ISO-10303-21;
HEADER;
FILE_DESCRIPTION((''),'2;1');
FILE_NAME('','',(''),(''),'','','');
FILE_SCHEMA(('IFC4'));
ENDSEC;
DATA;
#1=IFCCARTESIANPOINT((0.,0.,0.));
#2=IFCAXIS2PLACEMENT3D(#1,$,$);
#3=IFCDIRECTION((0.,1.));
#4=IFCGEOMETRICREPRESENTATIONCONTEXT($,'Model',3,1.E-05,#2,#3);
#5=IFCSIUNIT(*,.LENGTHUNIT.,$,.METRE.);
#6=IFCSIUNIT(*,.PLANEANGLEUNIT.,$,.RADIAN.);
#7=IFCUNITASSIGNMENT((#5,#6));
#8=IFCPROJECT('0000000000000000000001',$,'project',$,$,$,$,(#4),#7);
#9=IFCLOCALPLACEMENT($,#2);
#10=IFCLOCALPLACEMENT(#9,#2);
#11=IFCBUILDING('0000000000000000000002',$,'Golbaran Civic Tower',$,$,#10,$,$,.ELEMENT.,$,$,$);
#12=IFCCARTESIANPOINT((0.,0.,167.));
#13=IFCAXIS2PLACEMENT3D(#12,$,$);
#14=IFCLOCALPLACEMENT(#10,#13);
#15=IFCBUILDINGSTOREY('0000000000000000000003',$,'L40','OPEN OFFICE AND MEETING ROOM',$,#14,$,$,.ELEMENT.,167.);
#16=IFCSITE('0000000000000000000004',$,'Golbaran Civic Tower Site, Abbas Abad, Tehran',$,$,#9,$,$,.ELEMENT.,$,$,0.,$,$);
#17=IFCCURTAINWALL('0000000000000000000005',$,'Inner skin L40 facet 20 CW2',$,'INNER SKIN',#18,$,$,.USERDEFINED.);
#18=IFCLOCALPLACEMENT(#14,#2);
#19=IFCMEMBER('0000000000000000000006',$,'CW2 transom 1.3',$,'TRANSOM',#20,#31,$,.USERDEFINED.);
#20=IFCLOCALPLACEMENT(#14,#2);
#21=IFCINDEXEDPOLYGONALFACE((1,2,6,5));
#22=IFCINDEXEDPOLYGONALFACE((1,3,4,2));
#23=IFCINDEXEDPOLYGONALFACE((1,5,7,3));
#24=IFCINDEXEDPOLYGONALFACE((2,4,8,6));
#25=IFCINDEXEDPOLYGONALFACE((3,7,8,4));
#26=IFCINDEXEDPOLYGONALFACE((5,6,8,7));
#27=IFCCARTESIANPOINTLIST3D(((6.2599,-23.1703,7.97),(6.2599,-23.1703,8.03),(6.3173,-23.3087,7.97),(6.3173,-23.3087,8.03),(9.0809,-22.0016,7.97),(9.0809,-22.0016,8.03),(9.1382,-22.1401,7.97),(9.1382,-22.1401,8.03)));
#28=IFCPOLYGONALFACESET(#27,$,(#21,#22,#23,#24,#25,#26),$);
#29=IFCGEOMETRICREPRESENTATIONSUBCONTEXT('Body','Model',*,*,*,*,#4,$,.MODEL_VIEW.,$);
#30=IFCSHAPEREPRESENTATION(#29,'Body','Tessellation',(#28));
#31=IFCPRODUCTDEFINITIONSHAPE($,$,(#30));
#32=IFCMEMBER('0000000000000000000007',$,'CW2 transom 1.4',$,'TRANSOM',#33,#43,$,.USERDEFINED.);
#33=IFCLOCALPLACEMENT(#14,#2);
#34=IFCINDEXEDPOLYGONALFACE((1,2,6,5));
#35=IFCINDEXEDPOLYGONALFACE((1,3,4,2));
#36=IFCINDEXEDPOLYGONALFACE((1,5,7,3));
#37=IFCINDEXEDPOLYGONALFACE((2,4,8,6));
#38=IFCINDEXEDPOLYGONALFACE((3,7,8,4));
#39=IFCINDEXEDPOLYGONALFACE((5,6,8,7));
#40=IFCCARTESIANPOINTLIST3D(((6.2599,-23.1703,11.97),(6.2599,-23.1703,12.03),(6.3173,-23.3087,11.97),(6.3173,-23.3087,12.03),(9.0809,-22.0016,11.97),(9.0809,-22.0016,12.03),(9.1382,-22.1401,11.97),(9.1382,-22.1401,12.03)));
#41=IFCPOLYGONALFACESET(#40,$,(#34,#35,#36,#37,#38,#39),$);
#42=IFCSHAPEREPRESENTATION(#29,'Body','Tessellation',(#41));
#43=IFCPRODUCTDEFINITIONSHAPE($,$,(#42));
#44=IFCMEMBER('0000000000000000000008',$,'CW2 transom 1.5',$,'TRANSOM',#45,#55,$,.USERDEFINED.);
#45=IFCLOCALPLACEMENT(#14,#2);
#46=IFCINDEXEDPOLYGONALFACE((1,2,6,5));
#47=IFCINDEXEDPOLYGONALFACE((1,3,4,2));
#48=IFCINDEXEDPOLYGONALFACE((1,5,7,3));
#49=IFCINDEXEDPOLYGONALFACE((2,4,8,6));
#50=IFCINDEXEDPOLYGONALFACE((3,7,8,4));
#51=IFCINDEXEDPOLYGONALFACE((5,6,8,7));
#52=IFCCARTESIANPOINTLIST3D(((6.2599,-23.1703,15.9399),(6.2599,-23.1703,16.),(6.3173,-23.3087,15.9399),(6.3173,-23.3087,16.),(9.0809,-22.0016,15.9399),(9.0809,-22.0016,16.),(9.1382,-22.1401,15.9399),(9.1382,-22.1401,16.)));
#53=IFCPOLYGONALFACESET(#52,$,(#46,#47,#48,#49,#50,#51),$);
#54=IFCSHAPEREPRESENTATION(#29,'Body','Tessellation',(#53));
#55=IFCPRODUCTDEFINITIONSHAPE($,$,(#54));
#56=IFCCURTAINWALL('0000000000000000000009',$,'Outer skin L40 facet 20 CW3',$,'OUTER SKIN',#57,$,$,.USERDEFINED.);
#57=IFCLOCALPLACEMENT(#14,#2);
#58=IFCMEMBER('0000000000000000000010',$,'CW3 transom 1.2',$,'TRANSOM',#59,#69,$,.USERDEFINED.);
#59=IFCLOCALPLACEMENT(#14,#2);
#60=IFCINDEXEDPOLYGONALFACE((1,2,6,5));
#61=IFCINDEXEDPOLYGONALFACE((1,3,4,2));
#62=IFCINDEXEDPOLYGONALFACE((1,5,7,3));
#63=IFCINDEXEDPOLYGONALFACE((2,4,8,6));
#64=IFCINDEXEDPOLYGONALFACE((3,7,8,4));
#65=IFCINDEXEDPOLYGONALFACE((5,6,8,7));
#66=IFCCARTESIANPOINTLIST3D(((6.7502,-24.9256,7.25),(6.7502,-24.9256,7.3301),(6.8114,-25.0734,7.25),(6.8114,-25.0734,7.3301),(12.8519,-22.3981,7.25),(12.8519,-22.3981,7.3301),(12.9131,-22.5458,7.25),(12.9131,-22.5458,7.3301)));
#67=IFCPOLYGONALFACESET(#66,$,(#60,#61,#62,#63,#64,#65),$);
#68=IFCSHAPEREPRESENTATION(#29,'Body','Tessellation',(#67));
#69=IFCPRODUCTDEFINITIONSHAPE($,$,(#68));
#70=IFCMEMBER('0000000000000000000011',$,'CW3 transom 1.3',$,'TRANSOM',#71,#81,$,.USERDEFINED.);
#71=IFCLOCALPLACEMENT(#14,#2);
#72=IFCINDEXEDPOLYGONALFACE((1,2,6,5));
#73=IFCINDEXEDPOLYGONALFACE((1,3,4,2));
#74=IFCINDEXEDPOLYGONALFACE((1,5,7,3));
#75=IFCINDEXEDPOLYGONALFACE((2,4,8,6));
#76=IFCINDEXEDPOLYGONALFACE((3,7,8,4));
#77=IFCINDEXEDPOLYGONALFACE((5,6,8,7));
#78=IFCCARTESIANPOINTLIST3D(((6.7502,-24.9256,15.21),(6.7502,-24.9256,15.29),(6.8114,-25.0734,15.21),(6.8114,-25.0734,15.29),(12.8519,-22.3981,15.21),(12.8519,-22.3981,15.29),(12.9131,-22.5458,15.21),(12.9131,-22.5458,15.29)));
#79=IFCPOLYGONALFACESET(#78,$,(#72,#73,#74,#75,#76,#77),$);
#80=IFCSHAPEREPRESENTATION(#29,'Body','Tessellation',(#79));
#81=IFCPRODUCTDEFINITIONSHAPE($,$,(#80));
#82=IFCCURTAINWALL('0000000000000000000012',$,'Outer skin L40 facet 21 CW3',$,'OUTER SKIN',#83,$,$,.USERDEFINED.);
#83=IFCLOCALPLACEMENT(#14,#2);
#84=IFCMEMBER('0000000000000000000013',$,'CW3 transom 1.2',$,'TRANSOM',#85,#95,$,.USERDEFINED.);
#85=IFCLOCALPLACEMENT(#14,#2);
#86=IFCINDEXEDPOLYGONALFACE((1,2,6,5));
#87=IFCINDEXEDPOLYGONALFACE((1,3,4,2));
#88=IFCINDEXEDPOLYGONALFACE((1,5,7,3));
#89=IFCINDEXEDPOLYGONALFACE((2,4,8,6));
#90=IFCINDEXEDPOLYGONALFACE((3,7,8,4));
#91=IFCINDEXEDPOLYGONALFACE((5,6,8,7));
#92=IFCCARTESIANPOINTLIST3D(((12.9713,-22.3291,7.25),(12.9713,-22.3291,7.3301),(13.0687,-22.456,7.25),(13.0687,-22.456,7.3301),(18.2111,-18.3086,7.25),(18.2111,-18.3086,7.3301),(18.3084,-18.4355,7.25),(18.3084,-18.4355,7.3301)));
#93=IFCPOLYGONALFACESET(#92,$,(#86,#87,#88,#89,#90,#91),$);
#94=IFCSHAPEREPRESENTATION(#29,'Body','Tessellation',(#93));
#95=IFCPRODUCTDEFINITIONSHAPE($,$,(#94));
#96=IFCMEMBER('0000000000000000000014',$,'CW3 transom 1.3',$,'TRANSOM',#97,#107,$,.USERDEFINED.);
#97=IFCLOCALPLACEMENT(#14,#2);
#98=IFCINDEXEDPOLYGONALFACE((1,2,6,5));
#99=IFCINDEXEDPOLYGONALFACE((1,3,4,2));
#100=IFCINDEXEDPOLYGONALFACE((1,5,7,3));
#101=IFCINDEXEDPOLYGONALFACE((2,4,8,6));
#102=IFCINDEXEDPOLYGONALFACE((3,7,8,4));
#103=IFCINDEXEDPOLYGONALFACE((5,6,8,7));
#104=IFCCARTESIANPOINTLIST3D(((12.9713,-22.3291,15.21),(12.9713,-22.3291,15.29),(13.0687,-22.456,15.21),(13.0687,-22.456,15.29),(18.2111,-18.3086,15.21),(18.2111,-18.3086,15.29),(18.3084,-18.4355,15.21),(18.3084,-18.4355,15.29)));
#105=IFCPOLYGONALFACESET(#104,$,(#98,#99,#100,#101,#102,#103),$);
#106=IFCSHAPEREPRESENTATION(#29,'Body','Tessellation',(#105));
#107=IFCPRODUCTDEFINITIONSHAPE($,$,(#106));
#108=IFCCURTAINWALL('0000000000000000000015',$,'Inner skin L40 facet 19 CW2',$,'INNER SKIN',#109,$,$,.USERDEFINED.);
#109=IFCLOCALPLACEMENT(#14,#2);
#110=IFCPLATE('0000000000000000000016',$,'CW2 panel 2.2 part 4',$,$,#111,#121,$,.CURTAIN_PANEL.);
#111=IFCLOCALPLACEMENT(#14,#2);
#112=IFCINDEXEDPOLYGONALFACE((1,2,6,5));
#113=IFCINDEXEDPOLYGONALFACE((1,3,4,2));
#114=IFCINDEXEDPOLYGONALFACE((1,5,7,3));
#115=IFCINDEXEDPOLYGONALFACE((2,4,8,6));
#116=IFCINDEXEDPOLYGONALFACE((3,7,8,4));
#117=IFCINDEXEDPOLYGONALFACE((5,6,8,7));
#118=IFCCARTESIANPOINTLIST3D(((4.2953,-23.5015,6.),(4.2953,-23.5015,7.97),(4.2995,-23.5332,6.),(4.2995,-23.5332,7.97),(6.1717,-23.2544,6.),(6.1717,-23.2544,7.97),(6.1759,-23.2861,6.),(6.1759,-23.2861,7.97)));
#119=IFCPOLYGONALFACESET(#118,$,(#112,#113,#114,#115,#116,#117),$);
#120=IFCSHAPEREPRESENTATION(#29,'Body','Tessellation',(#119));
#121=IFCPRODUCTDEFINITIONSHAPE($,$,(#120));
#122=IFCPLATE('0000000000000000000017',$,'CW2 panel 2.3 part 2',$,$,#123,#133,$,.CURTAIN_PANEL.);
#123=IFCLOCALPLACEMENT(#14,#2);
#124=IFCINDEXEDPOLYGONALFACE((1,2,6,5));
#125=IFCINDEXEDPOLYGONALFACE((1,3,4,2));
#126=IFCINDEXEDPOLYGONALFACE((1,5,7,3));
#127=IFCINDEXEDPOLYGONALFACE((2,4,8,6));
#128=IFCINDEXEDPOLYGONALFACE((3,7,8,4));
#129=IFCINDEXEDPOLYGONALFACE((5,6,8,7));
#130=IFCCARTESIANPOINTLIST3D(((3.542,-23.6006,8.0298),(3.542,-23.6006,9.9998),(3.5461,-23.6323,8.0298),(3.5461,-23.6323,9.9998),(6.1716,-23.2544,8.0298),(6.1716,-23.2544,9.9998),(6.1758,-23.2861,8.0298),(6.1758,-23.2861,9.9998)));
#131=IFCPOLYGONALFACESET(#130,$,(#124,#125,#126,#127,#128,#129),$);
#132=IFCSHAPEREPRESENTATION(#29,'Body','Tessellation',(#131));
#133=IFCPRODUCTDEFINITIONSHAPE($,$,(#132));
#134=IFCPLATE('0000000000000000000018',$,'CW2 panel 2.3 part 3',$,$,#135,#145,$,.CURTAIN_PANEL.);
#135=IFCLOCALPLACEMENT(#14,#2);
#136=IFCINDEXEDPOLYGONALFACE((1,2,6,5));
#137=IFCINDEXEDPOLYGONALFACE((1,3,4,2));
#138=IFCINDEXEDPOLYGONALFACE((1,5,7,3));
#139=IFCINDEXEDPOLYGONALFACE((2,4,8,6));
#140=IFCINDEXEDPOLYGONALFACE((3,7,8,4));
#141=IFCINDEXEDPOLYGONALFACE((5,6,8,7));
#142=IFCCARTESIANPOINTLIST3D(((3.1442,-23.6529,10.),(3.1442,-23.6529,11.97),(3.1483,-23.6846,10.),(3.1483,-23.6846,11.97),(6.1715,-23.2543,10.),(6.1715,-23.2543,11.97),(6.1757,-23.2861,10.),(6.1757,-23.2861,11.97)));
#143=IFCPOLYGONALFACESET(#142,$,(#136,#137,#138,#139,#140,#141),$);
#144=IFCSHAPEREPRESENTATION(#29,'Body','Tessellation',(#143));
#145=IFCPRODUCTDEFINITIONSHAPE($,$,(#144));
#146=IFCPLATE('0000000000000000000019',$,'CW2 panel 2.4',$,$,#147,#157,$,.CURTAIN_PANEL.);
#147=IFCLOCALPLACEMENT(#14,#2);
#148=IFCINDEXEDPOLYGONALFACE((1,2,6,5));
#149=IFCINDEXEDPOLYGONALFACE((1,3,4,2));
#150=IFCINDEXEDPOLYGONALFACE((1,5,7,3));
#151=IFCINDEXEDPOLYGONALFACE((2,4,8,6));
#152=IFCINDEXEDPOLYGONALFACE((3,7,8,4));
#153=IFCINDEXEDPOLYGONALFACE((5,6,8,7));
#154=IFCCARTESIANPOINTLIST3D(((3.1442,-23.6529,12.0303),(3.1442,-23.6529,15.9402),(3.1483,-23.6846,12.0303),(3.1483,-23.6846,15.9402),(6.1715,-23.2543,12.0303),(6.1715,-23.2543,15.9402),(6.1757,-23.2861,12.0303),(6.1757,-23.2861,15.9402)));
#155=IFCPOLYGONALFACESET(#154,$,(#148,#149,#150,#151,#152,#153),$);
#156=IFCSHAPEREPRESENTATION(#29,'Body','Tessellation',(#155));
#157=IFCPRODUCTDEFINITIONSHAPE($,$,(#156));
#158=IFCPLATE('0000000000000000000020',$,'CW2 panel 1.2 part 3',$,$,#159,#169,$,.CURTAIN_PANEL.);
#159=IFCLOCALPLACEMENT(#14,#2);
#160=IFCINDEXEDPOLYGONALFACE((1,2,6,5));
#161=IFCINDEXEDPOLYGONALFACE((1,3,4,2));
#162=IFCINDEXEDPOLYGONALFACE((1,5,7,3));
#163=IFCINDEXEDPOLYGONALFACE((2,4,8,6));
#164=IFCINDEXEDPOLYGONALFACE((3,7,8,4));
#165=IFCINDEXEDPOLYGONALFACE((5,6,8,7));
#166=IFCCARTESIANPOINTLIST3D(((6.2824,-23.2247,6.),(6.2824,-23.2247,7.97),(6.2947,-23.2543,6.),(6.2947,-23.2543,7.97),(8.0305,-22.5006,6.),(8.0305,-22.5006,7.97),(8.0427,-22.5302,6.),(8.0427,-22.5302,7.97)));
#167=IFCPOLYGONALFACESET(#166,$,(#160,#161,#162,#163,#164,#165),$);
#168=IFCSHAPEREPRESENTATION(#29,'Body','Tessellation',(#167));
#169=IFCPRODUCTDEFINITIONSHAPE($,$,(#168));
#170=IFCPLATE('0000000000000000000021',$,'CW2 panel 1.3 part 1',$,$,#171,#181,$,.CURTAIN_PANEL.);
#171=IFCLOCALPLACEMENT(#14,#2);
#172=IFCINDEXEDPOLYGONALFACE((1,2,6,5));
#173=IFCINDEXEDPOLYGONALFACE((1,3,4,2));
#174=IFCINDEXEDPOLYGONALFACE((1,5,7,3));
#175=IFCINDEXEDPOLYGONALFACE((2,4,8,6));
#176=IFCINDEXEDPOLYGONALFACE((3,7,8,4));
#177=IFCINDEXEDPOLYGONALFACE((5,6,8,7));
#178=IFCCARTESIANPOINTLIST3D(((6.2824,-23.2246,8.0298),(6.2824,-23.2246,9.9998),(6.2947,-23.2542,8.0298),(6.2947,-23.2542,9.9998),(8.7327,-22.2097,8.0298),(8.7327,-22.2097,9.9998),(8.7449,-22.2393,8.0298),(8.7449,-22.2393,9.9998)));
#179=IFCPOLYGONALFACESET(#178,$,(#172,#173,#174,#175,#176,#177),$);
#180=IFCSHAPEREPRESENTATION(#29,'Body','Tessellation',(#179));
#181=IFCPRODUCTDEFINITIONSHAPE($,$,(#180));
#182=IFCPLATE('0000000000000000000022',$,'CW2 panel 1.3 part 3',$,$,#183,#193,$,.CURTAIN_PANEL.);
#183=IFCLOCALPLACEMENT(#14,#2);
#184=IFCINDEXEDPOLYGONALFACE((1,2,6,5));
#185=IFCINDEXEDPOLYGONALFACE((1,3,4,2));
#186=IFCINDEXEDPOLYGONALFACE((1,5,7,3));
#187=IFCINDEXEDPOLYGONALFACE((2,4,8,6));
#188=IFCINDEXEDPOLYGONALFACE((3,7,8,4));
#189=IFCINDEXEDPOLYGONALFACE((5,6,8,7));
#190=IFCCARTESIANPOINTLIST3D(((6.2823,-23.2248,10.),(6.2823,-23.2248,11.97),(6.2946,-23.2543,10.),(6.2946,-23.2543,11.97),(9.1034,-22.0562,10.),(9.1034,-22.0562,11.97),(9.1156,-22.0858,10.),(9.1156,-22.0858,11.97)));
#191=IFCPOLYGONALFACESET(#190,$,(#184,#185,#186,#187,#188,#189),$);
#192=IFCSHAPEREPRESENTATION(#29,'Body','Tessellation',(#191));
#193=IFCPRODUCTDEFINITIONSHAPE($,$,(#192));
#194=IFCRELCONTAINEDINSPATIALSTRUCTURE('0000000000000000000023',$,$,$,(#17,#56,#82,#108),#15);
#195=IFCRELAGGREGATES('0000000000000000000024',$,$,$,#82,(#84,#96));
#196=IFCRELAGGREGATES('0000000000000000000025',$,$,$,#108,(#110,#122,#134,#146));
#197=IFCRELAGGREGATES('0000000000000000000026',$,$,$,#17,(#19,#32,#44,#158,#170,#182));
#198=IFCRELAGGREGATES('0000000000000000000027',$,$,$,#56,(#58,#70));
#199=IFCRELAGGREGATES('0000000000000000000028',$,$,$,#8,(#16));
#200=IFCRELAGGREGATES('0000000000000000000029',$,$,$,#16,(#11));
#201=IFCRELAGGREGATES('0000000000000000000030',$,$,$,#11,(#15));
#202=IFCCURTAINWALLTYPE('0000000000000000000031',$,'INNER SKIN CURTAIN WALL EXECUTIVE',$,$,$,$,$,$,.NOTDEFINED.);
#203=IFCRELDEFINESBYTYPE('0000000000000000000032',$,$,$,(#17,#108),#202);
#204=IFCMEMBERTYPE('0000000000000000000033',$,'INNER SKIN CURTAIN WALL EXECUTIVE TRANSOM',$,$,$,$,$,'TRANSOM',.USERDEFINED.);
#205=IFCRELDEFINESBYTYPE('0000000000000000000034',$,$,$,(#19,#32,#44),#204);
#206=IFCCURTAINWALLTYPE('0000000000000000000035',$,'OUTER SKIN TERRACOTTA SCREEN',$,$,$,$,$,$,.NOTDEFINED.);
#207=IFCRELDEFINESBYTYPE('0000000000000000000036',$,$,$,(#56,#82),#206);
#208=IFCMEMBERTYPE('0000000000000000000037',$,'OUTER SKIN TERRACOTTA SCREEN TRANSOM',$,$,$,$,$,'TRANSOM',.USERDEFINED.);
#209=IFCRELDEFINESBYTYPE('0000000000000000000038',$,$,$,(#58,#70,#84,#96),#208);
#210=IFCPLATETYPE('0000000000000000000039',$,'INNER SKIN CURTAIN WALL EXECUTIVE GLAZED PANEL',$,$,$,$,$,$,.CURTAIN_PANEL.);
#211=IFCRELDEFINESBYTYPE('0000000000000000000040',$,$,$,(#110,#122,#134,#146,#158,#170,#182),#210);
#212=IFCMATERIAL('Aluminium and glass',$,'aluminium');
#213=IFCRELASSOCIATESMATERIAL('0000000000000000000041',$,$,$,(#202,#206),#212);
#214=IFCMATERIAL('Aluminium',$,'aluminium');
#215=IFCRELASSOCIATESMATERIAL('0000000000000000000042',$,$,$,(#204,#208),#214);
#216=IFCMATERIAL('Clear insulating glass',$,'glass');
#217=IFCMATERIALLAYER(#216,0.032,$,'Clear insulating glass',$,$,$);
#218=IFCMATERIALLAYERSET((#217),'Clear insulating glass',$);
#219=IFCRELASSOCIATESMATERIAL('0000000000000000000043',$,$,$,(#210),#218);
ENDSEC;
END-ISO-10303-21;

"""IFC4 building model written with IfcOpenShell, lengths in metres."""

from ifc_helpers import new_model, si_unit, direction, frame, origin, origin_2d, place, context, subcontext, project, spatial, rectangle, extrude, material, layer, layer_set, material_profile, profile_set, type_object, element, aggregate, save


model = new_model("IFC4")

# Units and contexts
model_context = context("Model", 3, precision=1e-05, world=origin(), true_north=direction((0.0, 1.0)))
body_context = subcontext(model_context, "Body", "Model", "MODEL_VIEW")
ifc_project = project(units=[si_unit("LENGTHUNIT", "METRE"), si_unit("PLANEANGLEUNIT", "RADIAN")], contexts=[model_context])

# Site, building, storey
site_placement = place(None, origin())
site = spatial("IfcSite", under=ifc_project, at=site_placement, Name="Golbaran Civic Tower Site, Abbas Abad, Tehran", CompositionType="ELEMENT", RefElevation=0.0)
building_placement = place(site_placement, origin())
building = spatial("IfcBuilding", under=site, at=building_placement, Name="Golbaran Civic Tower", CompositionType="ELEMENT")
storey_placement = place(building_placement, frame((0.0, 0.0, 167.0)))
storey = spatial("IfcBuildingStorey", under=building, at=storey_placement, Name="L40", Description="OPEN OFFICE AND MEETING ROOM", CompositionType="ELEMENT", Elevation=167.0)

# Curtain walls, members
ifc_material_1 = material(Name="Aluminium and glass", Category="aluminium")
curtain_wall_type_1 = type_object("IfcCurtainWallType", Name="INNER SKIN CURTAIN WALL EXECUTIVE", PredefinedType="NOTDEFINED", material=ifc_material_1)
curtain_wall_1_placement = place(storey_placement, origin())
curtain_wall_1 = element("IfcCurtainWall", 1, at=curtain_wall_1_placement, inside=storey, type_object=curtain_wall_type_1, Name="Inner skin L40 facet 20 CW2", ObjectType="INNER SKIN", PredefinedType="USERDEFINED")
ifc_material_2 = material(Name="Aluminium", Category="aluminium")
ifc_material_profile_1 = material_profile(ifc_material_2, rectangle(XDim=0.1499, YDim=0.0601, at=origin_2d()), Name="INNER SKIN CURTAIN WALL EXECUTIVE TRANSOM")
ifc_profile_set_1 = profile_set([ifc_material_profile_1], Name="Aluminium")
member_type_1 = type_object("IfcMemberType", Name="INNER SKIN CURTAIN WALL EXECUTIVE TRANSOM", ElementType="TRANSOM", PredefinedType="USERDEFINED", material=ifc_profile_set_1)
member_1_placement = place(storey_placement, frame((6.2886, -23.2395, 8.0), z_axis=(0.923858, 0.382735, 0.0), x_axis=(-0.382735, 0.923858, 0.0)))
member_1 = element("IfcMember", 2, at=member_1_placement, type_object=member_type_1, Name="CW2 transom 1.3", ObjectType="TRANSOM", PredefinedType="USERDEFINED", context=body_context, shape_type="SweptSolid", body=[
    extrude(rectangle(XDim=0.1499, YDim=0.0601, at=origin_2d()), origin(), (0.0, 0.0, 1.0), 3.0535),
])
member_2_placement = place(storey_placement, frame((6.2886, -23.2395, 12.0), z_axis=(0.923858, 0.382735, 0.0), x_axis=(-0.382735, 0.923858, 0.0)))
member_2 = element("IfcMember", 3, at=member_2_placement, type_object=member_type_1, Name="CW2 transom 1.4", ObjectType="TRANSOM", PredefinedType="USERDEFINED", context=body_context, shape_type="SweptSolid", body=[
    extrude(rectangle(XDim=0.1499, YDim=0.0601, at=origin_2d()), origin(), (0.0, 0.0, 1.0), 3.0535),
])
member_3_placement = place(storey_placement, frame((6.2886, -23.2395, 15.97), z_axis=(0.923858, 0.382735, 0.0), x_axis=(-0.382735, 0.923858, 0.0)))
member_3 = element("IfcMember", 4, at=member_3_placement, type_object=member_type_1, Name="CW2 transom 1.5", ObjectType="TRANSOM", PredefinedType="USERDEFINED", context=body_context, shape_type="SweptSolid", body=[
    extrude(rectangle(XDim=0.1499, YDim=0.0601, at=origin_2d()), origin(), (0.0, 0.0, 1.0), 3.0535),
])
curtain_wall_type_2 = type_object("IfcCurtainWallType", Name="OUTER SKIN TERRACOTTA SCREEN", PredefinedType="NOTDEFINED", material=ifc_material_1)
curtain_wall_2_placement = place(storey_placement, origin())
curtain_wall_2 = element("IfcCurtainWall", 5, at=curtain_wall_2_placement, inside=storey, type_object=curtain_wall_type_2, Name="Outer skin L40 facet 20 CW3", ObjectType="OUTER SKIN", PredefinedType="USERDEFINED")
ifc_material_profile_2 = material_profile(ifc_material_2, rectangle(XDim=0.1599, YDim=0.0801, at=origin_2d()), Name="OUTER SKIN TERRACOTTA SCREEN TRANSOM")
ifc_profile_set_2 = profile_set([ifc_material_profile_2], Name="Aluminium")
member_type_2 = type_object("IfcMemberType", Name="OUTER SKIN TERRACOTTA SCREEN TRANSOM", ElementType="TRANSOM", PredefinedType="USERDEFINED", material=ifc_profile_set_2)
member_4_placement = place(storey_placement, frame((6.7808, -24.9995, 7.29), z_axis=(0.923872, 0.382701, 0.0), x_axis=(-0.382701, 0.923872, 0.0)))
member_4 = element("IfcMember", 6, at=member_4_placement, type_object=member_type_2, Name="CW3 transom 1.2", ObjectType="TRANSOM", PredefinedType="USERDEFINED", context=body_context, shape_type="SweptSolid", body=[
    extrude(rectangle(XDim=0.1599, YDim=0.0801, at=origin_2d()), origin(), (0.0, 0.0, 1.0), 6.6045),
])
member_5_placement = place(storey_placement, frame((6.7808, -24.9995, 15.25), z_axis=(0.923872, 0.382701, 0.0), x_axis=(-0.382701, 0.923872, 0.0)))
member_5 = element("IfcMember", 7, at=member_5_placement, type_object=member_type_2, Name="CW3 transom 1.3", ObjectType="TRANSOM", PredefinedType="USERDEFINED", context=body_context, shape_type="SweptSolid", body=[
    extrude(rectangle(XDim=0.1599, YDim=0.0801, at=origin_2d()), origin(), (0.0, 0.0, 1.0), 6.6045),
])
curtain_wall_3_placement = place(storey_placement, origin())
curtain_wall_3 = element("IfcCurtainWall", 8, at=curtain_wall_3_placement, inside=storey, type_object=curtain_wall_type_2, Name="Outer skin L40 facet 21 CW3", ObjectType="OUTER SKIN", PredefinedType="USERDEFINED")
member_6_placement = place(storey_placement, frame((13.02, -22.3926, 7.29), z_axis=(0.79336, 0.608753, 0.0), x_axis=(-0.608753, 0.79336, 0.0)))
member_6 = element("IfcMember", 9, at=member_6_placement, type_object=member_type_2, Name="CW3 transom 1.2", ObjectType="TRANSOM", PredefinedType="USERDEFINED", context=body_context, shape_type="SweptSolid", body=[
    extrude(rectangle(XDim=0.1599, YDim=0.0801, at=origin_2d()), origin(), (0.0, 0.0, 1.0), 6.6045),
])
member_7_placement = place(storey_placement, frame((13.02, -22.3926, 15.25), z_axis=(0.79336, 0.608753, 0.0), x_axis=(-0.608753, 0.79336, 0.0)))
member_7 = element("IfcMember", 10, at=member_7_placement, type_object=member_type_2, Name="CW3 transom 1.3", ObjectType="TRANSOM", PredefinedType="USERDEFINED", context=body_context, shape_type="SweptSolid", body=[
    extrude(rectangle(XDim=0.1599, YDim=0.0801, at=origin_2d()), origin(), (0.0, 0.0, 1.0), 6.6045),
])
aggregate(curtain_wall_3, [member_6, member_7])

# Curtain wall, plates
curtain_wall_4_placement = place(storey_placement, origin())
curtain_wall_4 = element("IfcCurtainWall", 11, at=curtain_wall_4_placement, inside=storey, type_object=curtain_wall_type_1, Name="Inner skin L40 facet 19 CW2", ObjectType="INNER SKIN", PredefinedType="USERDEFINED")
ifc_material_3 = material(Name="Clear insulating glass", Category="glass")
ifc_layer_1 = layer(ifc_material_3, 0.032, Name="Clear insulating glass")
ifc_layer_set_1 = layer_set([ifc_layer_1], Name="Clear insulating glass")
plate_type_1 = type_object("IfcPlateType", Name="INNER SKIN CURTAIN WALL EXECUTIVE GLAZED PANEL", PredefinedType="CURTAIN_PANEL", material=ifc_layer_set_1)
plate_1_placement = place(storey_placement, frame((5.2356, -23.3938, 6.0), z_axis=(0.0, 0.0, 1.0), x_axis=(0.991445, 0.130526, 0.0)))
plate_1 = element("IfcPlate", 12, at=plate_1_placement, type_object=plate_type_1, Name="CW2 panel 2.2 part 4", PredefinedType="CURTAIN_PANEL", context=body_context, shape_type="SweptSolid", body=[
    extrude(rectangle(XDim=1.8926, YDim=0.032, at=origin_2d()), origin(), (0.0, 0.0, 1.0), 1.97),
])
plate_2_placement = place(storey_placement, frame((4.8589, -23.4434, 8.0298), z_axis=(0.0, 0.0, 1.0), x_axis=(0.991445, 0.130526, 0.0)))
plate_2 = element("IfcPlate", 13, at=plate_2_placement, type_object=plate_type_1, Name="CW2 panel 2.3 part 2", PredefinedType="CURTAIN_PANEL", context=body_context, shape_type="SweptSolid", body=[
    extrude(rectangle(XDim=2.6523, YDim=0.032, at=origin_2d()), origin(), (0.0, 0.0, 1.0), 1.97),
])
plate_3_placement = place(storey_placement, frame((4.6599, -23.4695, 10.0), z_axis=(0.0, 0.0, 1.0), x_axis=(0.991445, 0.130526, 0.0)))
plate_3 = element("IfcPlate", 14, at=plate_3_placement, type_object=plate_type_1, Name="CW2 panel 2.3 part 3", PredefinedType="CURTAIN_PANEL", context=body_context, shape_type="SweptSolid", body=[
    extrude(rectangle(XDim=3.0535, YDim=0.032, at=origin_2d()), origin(), (0.0, 0.0, 1.0), 1.97),
])
plate_4_placement = place(storey_placement, frame((4.6599, -23.4695, 12.0303), z_axis=(0.0, 0.0, 1.0), x_axis=(0.991445, 0.130526, 0.0)))
plate_4 = element("IfcPlate", 15, at=plate_4_placement, type_object=plate_type_1, Name="CW2 panel 2.4", PredefinedType="CURTAIN_PANEL", context=body_context, shape_type="SweptSolid", body=[
    extrude(rectangle(XDim=3.0535, YDim=0.032, at=origin_2d()), origin(), (0.0, 0.0, 1.0), 3.9099),
])

# Plates
plate_5_placement = place(storey_placement, frame((7.1626, -22.8774, 6.0), z_axis=(0.0, 0.0, 1.0), x_axis=(0.92388, 0.382683, 0.0)))
plate_5 = element("IfcPlate", 16, at=plate_5_placement, type_object=plate_type_1, Name="CW2 panel 1.2 part 3", PredefinedType="CURTAIN_PANEL", context=body_context, shape_type="SweptSolid", body=[
    extrude(rectangle(XDim=1.8921, YDim=0.032, at=origin_2d()), origin(), (0.0, 0.0, 1.0), 1.97),
])
plate_6_placement = place(storey_placement, frame((7.5137, -22.7319, 8.0298), z_axis=(0.0, 0.0, 1.0), x_axis=(0.92388, 0.382683, 0.0)))
plate_6 = element("IfcPlate", 17, at=plate_6_placement, type_object=plate_type_1, Name="CW2 panel 1.3 part 1", PredefinedType="CURTAIN_PANEL", context=body_context, shape_type="SweptSolid", body=[
    extrude(rectangle(XDim=2.6521, YDim=0.032, at=origin_2d()), origin(), (0.0, 0.0, 1.0), 1.97),
])
plate_7_placement = place(storey_placement, frame((7.699, -22.6553, 10.0), z_axis=(0.0, 0.0, 1.0), x_axis=(0.92388, 0.382683, 0.0)))
plate_7 = element("IfcPlate", 18, at=plate_7_placement, type_object=plate_type_1, Name="CW2 panel 1.3 part 3", PredefinedType="CURTAIN_PANEL", context=body_context, shape_type="SweptSolid", body=[
    extrude(rectangle(XDim=3.0535, YDim=0.032, at=origin_2d()), origin(), (0.0, 0.0, 1.0), 1.97),
])
aggregate(curtain_wall_4, [plate_1, plate_2, plate_3, plate_4])
aggregate(curtain_wall_1, [member_1, member_2, member_3, plate_5, plate_6, plate_7])
aggregate(curtain_wall_2, [member_4, member_5])

save(model, "model.ifc")
